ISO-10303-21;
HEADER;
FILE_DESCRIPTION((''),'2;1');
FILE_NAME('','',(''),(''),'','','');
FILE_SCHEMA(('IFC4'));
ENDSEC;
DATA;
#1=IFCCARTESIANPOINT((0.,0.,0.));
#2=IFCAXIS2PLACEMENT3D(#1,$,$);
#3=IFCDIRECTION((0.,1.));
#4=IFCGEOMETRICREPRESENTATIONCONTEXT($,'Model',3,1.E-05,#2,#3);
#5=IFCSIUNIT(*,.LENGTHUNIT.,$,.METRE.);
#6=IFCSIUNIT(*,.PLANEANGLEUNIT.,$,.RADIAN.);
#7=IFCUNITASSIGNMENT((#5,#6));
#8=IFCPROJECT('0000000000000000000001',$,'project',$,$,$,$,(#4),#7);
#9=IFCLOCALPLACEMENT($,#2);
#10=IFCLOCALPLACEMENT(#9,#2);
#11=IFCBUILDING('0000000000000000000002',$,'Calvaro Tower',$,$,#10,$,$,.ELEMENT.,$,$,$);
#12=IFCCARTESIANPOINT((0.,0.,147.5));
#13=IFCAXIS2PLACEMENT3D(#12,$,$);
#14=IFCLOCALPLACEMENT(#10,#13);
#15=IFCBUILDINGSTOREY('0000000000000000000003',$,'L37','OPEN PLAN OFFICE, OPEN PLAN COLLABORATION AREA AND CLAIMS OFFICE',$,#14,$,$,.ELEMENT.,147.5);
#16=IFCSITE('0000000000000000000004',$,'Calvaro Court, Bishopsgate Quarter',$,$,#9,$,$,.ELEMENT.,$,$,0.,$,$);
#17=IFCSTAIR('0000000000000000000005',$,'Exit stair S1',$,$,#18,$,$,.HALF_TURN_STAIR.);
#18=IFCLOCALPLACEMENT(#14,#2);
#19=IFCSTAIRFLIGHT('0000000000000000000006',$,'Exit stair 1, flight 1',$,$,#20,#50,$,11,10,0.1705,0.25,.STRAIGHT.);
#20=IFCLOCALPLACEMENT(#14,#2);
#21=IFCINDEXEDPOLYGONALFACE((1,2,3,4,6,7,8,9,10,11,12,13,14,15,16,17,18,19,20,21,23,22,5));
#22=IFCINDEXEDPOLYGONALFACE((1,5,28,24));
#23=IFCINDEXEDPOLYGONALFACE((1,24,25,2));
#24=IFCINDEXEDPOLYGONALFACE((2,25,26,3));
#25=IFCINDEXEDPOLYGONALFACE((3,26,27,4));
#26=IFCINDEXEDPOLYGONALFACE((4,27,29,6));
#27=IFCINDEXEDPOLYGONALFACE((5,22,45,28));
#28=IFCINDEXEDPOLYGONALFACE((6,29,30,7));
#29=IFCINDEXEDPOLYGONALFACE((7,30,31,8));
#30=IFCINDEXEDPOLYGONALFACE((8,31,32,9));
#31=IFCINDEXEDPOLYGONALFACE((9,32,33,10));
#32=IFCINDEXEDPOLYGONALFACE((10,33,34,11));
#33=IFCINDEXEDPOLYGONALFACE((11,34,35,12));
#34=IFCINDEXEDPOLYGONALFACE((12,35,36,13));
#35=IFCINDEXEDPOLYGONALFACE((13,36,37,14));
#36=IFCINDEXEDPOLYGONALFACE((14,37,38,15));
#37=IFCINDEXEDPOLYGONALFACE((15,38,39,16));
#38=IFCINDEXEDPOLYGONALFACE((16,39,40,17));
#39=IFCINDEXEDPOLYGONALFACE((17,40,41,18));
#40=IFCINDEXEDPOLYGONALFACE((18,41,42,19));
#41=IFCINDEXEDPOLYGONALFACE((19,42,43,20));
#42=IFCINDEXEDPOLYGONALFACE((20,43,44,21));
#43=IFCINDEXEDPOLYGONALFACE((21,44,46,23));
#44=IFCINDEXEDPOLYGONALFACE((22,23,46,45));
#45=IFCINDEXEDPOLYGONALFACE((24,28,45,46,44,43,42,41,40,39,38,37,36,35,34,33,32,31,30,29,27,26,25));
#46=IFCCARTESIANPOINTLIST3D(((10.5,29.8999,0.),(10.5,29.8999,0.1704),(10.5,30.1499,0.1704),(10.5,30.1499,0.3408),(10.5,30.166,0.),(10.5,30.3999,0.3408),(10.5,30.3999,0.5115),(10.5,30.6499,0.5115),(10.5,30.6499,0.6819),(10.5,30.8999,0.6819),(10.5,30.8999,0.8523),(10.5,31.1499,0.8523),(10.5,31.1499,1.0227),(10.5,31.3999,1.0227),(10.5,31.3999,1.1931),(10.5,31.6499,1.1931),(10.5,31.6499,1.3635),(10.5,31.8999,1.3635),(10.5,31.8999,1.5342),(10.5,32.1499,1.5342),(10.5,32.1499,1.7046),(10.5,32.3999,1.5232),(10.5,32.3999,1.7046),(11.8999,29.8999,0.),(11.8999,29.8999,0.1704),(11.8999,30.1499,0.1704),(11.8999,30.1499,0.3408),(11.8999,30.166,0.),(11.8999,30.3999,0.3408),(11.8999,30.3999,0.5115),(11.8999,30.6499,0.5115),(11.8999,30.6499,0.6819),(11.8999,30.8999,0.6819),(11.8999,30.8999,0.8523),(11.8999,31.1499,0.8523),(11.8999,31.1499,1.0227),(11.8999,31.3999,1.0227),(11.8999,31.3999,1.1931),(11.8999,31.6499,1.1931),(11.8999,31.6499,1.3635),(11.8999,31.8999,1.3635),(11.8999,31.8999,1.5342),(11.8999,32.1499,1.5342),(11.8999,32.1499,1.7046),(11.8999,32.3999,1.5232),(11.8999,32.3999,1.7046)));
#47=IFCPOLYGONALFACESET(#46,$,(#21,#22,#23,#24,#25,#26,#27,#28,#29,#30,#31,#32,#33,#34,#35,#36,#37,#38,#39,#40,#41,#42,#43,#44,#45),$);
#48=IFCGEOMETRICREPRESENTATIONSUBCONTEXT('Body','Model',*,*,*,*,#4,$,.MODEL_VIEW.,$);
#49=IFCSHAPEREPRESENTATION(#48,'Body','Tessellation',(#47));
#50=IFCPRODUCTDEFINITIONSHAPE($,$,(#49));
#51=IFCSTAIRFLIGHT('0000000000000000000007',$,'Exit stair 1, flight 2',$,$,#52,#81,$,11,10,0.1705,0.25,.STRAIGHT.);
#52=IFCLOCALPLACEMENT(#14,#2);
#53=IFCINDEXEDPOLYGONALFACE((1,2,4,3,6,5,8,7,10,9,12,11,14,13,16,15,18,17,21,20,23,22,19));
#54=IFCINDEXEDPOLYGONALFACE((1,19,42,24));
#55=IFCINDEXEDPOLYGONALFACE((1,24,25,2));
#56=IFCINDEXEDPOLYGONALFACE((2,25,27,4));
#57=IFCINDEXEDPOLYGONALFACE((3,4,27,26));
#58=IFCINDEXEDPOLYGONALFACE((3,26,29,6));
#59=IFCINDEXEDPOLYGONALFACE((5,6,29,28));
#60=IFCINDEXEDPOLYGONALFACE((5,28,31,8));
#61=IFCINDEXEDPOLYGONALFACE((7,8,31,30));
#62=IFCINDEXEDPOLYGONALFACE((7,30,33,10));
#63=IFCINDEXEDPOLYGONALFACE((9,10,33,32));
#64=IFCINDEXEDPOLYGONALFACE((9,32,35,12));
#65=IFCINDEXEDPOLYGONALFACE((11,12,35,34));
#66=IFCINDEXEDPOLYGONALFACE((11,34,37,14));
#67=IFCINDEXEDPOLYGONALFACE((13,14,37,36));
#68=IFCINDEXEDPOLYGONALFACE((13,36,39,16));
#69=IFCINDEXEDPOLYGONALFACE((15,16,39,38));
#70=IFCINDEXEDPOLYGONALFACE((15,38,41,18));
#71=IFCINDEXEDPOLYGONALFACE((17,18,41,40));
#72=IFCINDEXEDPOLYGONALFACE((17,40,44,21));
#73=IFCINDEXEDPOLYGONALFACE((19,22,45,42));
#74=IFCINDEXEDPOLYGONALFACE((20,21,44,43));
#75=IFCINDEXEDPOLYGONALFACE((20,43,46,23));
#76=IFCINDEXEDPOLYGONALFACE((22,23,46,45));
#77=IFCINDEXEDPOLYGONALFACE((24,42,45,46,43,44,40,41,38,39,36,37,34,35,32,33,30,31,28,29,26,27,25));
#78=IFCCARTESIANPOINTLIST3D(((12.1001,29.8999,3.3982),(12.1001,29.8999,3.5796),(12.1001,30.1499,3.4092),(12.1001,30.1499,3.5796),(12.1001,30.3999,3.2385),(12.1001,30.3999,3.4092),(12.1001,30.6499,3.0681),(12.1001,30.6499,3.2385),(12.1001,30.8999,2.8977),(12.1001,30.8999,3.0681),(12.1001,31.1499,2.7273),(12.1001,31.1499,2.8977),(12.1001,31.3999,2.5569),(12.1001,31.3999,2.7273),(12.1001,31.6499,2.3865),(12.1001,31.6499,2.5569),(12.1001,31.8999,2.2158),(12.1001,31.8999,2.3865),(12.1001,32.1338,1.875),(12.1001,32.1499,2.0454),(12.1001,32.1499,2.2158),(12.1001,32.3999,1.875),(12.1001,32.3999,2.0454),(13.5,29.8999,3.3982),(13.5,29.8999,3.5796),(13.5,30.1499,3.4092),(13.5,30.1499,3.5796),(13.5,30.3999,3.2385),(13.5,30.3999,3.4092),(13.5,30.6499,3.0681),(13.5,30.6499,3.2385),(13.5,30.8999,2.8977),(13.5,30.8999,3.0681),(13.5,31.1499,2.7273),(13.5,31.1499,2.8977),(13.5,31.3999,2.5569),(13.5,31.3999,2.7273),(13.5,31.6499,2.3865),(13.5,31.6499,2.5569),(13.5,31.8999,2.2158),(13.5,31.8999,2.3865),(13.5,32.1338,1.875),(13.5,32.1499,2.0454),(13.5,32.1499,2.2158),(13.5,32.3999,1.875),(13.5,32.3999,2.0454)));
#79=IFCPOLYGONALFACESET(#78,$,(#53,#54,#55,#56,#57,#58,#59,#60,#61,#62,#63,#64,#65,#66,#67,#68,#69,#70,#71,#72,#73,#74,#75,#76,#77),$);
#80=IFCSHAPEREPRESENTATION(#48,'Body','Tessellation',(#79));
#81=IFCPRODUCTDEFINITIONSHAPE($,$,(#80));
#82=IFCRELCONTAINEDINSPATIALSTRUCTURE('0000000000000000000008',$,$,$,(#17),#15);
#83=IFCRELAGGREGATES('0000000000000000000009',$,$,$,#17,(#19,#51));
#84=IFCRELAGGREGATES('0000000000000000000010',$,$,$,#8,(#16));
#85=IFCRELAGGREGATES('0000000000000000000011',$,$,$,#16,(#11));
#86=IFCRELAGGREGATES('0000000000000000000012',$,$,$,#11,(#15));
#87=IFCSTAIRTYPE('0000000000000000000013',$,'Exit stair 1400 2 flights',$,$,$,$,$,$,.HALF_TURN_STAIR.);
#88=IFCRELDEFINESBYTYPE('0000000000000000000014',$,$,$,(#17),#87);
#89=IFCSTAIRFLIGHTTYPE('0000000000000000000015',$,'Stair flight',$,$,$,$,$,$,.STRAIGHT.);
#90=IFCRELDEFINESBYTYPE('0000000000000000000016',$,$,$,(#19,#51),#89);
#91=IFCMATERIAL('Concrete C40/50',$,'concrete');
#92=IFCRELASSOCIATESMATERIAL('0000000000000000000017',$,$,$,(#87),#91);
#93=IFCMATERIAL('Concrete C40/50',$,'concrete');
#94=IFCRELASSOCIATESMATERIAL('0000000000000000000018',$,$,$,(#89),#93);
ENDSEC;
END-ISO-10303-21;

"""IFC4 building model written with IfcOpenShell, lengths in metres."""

from ifc_helpers import new_model, si_unit, direction, frame, origin, place, context, subcontext, project, spatial, polyline, outline, extrude, material, type_object, element, aggregate, save


model = new_model("IFC4")

# Units and contexts
model_context = context("Model", 3, precision=1e-05, world=origin(), true_north=direction((0.0, 1.0)))
body_context = subcontext(model_context, "Body", "Model", "MODEL_VIEW")
ifc_project = project(units=[si_unit("LENGTHUNIT", "METRE"), si_unit("PLANEANGLEUNIT", "RADIAN")], contexts=[model_context])

# Site, building, storey
site_placement = place(None, origin())
site = spatial("IfcSite", under=ifc_project, at=site_placement, Name="Calvaro Court, Bishopsgate Quarter", CompositionType="ELEMENT", RefElevation=0.0)
building_placement = place(site_placement, origin())
building = spatial("IfcBuilding", under=site, at=building_placement, Name="Calvaro Tower", CompositionType="ELEMENT")
storey_placement = place(building_placement, frame((0.0, 0.0, 147.5)))
storey = spatial("IfcBuildingStorey", under=building, at=storey_placement, Name="L37", Description="OPEN PLAN OFFICE, OPEN PLAN COLLABORATION AREA AND CLAIMS OFFICE", CompositionType="ELEMENT", Elevation=147.5)

# Stair, stair flights
ifc_material_1 = material(Name="Concrete C40/50", Category="concrete")
stair_type = type_object("IfcStairType", Name="Exit stair 1400 2 flights", PredefinedType="HALF_TURN_STAIR", material=ifc_material_1)
stair_placement = place(storey_placement, origin())
stair = element("IfcStair", 1, at=stair_placement, inside=storey, type_object=stair_type, Name="Exit stair S1", PredefinedType="HALF_TURN_STAIR")
ifc_material_2 = material(Name="Concrete C40/50", Category="concrete")
stair_flight_type = type_object("IfcStairFlightType", Name="Stair flight", PredefinedType="STRAIGHT", material=ifc_material_2)
stair_flight_1_placement = place(storey_placement, frame((11.2, 29.8999, 0.0), z_axis=(0.0, 0.0, 1.0), x_axis=(0.0, 1.0, 0.0)))
stair_flight_1 = element("IfcStairFlight", 2, at=stair_flight_1_placement, type_object=stair_flight_type, Name="Exit stair 1, flight 1", NumberOfRisers=11, NumberOfTreads=10, PredefinedType="STRAIGHT", RiserHeight=0.1705, TreadLength=0.25, context=body_context, shape_type="SweptSolid", body=[
    extrude(outline(polyline([(0.0, 0.0), (0.0, 0.1704), (0.25, 0.1704), (0.25, 0.3408), (0.5, 0.3408), (0.5, 0.5115), (0.75, 0.5115), (0.75, 0.6819), (1.0, 0.6819), (1.0, 0.8523), (1.25, 0.8523), (1.25, 1.0227), (1.5, 1.0227), (1.5, 1.1931), (1.75, 1.1931), (1.75, 1.3635), (2.0, 1.3635), (2.0, 1.5342), (2.25, 1.5342), (2.25, 1.7046), (2.5, 1.7046), (2.5, 1.875), (2.5, 1.5232), (0.2661, 0.0), (0.0, 0.0)])), frame((0.0, 0.7, 0.0), z_axis=(0.0, -1.0, 0.0), x_axis=(1.0, 0.0, 0.0)), (0.0, 0.0, 1.0), 1.3999),
])
stair_flight_2_placement = place(storey_placement, frame((12.8, 32.3999, 1.875), z_axis=(0.0, 0.0, 1.0), x_axis=(0.0, -1.0, 0.0)))
stair_flight_2 = element("IfcStairFlight", 3, at=stair_flight_2_placement, type_object=stair_flight_type, Name="Exit stair 1, flight 2", NumberOfRisers=11, NumberOfTreads=10, PredefinedType="STRAIGHT", RiserHeight=0.1705, TreadLength=0.25, context=body_context, shape_type="SweptSolid", body=[
    extrude(outline(polyline([(0.0, 0.0), (0.0, 0.1704), (0.25, 0.1704), (0.25, 0.3408), (0.5, 0.3408), (0.5, 0.5115), (0.75, 0.5115), (0.75, 0.6819), (1.0, 0.6819), (1.0, 0.8523), (1.25, 0.8523), (1.25, 1.0227), (1.5, 1.0227), (1.5, 1.1931), (1.75, 1.1931), (1.75, 1.3635), (2.0, 1.3635), (2.0, 1.5342), (2.25, 1.5342), (2.25, 1.7046), (2.5, 1.7046), (2.5, 1.875), (2.5, 1.5232), (0.2661, 0.0), (0.0, 0.0)])), frame((0.0, 0.7, 0.0), z_axis=(0.0, -1.0, 0.0), x_axis=(1.0, 0.0, 0.0)), (0.0, 0.0, 1.0), 1.3999),
])
aggregate(stair, [stair_flight_1, stair_flight_2])

save(model, "model.ifc")
